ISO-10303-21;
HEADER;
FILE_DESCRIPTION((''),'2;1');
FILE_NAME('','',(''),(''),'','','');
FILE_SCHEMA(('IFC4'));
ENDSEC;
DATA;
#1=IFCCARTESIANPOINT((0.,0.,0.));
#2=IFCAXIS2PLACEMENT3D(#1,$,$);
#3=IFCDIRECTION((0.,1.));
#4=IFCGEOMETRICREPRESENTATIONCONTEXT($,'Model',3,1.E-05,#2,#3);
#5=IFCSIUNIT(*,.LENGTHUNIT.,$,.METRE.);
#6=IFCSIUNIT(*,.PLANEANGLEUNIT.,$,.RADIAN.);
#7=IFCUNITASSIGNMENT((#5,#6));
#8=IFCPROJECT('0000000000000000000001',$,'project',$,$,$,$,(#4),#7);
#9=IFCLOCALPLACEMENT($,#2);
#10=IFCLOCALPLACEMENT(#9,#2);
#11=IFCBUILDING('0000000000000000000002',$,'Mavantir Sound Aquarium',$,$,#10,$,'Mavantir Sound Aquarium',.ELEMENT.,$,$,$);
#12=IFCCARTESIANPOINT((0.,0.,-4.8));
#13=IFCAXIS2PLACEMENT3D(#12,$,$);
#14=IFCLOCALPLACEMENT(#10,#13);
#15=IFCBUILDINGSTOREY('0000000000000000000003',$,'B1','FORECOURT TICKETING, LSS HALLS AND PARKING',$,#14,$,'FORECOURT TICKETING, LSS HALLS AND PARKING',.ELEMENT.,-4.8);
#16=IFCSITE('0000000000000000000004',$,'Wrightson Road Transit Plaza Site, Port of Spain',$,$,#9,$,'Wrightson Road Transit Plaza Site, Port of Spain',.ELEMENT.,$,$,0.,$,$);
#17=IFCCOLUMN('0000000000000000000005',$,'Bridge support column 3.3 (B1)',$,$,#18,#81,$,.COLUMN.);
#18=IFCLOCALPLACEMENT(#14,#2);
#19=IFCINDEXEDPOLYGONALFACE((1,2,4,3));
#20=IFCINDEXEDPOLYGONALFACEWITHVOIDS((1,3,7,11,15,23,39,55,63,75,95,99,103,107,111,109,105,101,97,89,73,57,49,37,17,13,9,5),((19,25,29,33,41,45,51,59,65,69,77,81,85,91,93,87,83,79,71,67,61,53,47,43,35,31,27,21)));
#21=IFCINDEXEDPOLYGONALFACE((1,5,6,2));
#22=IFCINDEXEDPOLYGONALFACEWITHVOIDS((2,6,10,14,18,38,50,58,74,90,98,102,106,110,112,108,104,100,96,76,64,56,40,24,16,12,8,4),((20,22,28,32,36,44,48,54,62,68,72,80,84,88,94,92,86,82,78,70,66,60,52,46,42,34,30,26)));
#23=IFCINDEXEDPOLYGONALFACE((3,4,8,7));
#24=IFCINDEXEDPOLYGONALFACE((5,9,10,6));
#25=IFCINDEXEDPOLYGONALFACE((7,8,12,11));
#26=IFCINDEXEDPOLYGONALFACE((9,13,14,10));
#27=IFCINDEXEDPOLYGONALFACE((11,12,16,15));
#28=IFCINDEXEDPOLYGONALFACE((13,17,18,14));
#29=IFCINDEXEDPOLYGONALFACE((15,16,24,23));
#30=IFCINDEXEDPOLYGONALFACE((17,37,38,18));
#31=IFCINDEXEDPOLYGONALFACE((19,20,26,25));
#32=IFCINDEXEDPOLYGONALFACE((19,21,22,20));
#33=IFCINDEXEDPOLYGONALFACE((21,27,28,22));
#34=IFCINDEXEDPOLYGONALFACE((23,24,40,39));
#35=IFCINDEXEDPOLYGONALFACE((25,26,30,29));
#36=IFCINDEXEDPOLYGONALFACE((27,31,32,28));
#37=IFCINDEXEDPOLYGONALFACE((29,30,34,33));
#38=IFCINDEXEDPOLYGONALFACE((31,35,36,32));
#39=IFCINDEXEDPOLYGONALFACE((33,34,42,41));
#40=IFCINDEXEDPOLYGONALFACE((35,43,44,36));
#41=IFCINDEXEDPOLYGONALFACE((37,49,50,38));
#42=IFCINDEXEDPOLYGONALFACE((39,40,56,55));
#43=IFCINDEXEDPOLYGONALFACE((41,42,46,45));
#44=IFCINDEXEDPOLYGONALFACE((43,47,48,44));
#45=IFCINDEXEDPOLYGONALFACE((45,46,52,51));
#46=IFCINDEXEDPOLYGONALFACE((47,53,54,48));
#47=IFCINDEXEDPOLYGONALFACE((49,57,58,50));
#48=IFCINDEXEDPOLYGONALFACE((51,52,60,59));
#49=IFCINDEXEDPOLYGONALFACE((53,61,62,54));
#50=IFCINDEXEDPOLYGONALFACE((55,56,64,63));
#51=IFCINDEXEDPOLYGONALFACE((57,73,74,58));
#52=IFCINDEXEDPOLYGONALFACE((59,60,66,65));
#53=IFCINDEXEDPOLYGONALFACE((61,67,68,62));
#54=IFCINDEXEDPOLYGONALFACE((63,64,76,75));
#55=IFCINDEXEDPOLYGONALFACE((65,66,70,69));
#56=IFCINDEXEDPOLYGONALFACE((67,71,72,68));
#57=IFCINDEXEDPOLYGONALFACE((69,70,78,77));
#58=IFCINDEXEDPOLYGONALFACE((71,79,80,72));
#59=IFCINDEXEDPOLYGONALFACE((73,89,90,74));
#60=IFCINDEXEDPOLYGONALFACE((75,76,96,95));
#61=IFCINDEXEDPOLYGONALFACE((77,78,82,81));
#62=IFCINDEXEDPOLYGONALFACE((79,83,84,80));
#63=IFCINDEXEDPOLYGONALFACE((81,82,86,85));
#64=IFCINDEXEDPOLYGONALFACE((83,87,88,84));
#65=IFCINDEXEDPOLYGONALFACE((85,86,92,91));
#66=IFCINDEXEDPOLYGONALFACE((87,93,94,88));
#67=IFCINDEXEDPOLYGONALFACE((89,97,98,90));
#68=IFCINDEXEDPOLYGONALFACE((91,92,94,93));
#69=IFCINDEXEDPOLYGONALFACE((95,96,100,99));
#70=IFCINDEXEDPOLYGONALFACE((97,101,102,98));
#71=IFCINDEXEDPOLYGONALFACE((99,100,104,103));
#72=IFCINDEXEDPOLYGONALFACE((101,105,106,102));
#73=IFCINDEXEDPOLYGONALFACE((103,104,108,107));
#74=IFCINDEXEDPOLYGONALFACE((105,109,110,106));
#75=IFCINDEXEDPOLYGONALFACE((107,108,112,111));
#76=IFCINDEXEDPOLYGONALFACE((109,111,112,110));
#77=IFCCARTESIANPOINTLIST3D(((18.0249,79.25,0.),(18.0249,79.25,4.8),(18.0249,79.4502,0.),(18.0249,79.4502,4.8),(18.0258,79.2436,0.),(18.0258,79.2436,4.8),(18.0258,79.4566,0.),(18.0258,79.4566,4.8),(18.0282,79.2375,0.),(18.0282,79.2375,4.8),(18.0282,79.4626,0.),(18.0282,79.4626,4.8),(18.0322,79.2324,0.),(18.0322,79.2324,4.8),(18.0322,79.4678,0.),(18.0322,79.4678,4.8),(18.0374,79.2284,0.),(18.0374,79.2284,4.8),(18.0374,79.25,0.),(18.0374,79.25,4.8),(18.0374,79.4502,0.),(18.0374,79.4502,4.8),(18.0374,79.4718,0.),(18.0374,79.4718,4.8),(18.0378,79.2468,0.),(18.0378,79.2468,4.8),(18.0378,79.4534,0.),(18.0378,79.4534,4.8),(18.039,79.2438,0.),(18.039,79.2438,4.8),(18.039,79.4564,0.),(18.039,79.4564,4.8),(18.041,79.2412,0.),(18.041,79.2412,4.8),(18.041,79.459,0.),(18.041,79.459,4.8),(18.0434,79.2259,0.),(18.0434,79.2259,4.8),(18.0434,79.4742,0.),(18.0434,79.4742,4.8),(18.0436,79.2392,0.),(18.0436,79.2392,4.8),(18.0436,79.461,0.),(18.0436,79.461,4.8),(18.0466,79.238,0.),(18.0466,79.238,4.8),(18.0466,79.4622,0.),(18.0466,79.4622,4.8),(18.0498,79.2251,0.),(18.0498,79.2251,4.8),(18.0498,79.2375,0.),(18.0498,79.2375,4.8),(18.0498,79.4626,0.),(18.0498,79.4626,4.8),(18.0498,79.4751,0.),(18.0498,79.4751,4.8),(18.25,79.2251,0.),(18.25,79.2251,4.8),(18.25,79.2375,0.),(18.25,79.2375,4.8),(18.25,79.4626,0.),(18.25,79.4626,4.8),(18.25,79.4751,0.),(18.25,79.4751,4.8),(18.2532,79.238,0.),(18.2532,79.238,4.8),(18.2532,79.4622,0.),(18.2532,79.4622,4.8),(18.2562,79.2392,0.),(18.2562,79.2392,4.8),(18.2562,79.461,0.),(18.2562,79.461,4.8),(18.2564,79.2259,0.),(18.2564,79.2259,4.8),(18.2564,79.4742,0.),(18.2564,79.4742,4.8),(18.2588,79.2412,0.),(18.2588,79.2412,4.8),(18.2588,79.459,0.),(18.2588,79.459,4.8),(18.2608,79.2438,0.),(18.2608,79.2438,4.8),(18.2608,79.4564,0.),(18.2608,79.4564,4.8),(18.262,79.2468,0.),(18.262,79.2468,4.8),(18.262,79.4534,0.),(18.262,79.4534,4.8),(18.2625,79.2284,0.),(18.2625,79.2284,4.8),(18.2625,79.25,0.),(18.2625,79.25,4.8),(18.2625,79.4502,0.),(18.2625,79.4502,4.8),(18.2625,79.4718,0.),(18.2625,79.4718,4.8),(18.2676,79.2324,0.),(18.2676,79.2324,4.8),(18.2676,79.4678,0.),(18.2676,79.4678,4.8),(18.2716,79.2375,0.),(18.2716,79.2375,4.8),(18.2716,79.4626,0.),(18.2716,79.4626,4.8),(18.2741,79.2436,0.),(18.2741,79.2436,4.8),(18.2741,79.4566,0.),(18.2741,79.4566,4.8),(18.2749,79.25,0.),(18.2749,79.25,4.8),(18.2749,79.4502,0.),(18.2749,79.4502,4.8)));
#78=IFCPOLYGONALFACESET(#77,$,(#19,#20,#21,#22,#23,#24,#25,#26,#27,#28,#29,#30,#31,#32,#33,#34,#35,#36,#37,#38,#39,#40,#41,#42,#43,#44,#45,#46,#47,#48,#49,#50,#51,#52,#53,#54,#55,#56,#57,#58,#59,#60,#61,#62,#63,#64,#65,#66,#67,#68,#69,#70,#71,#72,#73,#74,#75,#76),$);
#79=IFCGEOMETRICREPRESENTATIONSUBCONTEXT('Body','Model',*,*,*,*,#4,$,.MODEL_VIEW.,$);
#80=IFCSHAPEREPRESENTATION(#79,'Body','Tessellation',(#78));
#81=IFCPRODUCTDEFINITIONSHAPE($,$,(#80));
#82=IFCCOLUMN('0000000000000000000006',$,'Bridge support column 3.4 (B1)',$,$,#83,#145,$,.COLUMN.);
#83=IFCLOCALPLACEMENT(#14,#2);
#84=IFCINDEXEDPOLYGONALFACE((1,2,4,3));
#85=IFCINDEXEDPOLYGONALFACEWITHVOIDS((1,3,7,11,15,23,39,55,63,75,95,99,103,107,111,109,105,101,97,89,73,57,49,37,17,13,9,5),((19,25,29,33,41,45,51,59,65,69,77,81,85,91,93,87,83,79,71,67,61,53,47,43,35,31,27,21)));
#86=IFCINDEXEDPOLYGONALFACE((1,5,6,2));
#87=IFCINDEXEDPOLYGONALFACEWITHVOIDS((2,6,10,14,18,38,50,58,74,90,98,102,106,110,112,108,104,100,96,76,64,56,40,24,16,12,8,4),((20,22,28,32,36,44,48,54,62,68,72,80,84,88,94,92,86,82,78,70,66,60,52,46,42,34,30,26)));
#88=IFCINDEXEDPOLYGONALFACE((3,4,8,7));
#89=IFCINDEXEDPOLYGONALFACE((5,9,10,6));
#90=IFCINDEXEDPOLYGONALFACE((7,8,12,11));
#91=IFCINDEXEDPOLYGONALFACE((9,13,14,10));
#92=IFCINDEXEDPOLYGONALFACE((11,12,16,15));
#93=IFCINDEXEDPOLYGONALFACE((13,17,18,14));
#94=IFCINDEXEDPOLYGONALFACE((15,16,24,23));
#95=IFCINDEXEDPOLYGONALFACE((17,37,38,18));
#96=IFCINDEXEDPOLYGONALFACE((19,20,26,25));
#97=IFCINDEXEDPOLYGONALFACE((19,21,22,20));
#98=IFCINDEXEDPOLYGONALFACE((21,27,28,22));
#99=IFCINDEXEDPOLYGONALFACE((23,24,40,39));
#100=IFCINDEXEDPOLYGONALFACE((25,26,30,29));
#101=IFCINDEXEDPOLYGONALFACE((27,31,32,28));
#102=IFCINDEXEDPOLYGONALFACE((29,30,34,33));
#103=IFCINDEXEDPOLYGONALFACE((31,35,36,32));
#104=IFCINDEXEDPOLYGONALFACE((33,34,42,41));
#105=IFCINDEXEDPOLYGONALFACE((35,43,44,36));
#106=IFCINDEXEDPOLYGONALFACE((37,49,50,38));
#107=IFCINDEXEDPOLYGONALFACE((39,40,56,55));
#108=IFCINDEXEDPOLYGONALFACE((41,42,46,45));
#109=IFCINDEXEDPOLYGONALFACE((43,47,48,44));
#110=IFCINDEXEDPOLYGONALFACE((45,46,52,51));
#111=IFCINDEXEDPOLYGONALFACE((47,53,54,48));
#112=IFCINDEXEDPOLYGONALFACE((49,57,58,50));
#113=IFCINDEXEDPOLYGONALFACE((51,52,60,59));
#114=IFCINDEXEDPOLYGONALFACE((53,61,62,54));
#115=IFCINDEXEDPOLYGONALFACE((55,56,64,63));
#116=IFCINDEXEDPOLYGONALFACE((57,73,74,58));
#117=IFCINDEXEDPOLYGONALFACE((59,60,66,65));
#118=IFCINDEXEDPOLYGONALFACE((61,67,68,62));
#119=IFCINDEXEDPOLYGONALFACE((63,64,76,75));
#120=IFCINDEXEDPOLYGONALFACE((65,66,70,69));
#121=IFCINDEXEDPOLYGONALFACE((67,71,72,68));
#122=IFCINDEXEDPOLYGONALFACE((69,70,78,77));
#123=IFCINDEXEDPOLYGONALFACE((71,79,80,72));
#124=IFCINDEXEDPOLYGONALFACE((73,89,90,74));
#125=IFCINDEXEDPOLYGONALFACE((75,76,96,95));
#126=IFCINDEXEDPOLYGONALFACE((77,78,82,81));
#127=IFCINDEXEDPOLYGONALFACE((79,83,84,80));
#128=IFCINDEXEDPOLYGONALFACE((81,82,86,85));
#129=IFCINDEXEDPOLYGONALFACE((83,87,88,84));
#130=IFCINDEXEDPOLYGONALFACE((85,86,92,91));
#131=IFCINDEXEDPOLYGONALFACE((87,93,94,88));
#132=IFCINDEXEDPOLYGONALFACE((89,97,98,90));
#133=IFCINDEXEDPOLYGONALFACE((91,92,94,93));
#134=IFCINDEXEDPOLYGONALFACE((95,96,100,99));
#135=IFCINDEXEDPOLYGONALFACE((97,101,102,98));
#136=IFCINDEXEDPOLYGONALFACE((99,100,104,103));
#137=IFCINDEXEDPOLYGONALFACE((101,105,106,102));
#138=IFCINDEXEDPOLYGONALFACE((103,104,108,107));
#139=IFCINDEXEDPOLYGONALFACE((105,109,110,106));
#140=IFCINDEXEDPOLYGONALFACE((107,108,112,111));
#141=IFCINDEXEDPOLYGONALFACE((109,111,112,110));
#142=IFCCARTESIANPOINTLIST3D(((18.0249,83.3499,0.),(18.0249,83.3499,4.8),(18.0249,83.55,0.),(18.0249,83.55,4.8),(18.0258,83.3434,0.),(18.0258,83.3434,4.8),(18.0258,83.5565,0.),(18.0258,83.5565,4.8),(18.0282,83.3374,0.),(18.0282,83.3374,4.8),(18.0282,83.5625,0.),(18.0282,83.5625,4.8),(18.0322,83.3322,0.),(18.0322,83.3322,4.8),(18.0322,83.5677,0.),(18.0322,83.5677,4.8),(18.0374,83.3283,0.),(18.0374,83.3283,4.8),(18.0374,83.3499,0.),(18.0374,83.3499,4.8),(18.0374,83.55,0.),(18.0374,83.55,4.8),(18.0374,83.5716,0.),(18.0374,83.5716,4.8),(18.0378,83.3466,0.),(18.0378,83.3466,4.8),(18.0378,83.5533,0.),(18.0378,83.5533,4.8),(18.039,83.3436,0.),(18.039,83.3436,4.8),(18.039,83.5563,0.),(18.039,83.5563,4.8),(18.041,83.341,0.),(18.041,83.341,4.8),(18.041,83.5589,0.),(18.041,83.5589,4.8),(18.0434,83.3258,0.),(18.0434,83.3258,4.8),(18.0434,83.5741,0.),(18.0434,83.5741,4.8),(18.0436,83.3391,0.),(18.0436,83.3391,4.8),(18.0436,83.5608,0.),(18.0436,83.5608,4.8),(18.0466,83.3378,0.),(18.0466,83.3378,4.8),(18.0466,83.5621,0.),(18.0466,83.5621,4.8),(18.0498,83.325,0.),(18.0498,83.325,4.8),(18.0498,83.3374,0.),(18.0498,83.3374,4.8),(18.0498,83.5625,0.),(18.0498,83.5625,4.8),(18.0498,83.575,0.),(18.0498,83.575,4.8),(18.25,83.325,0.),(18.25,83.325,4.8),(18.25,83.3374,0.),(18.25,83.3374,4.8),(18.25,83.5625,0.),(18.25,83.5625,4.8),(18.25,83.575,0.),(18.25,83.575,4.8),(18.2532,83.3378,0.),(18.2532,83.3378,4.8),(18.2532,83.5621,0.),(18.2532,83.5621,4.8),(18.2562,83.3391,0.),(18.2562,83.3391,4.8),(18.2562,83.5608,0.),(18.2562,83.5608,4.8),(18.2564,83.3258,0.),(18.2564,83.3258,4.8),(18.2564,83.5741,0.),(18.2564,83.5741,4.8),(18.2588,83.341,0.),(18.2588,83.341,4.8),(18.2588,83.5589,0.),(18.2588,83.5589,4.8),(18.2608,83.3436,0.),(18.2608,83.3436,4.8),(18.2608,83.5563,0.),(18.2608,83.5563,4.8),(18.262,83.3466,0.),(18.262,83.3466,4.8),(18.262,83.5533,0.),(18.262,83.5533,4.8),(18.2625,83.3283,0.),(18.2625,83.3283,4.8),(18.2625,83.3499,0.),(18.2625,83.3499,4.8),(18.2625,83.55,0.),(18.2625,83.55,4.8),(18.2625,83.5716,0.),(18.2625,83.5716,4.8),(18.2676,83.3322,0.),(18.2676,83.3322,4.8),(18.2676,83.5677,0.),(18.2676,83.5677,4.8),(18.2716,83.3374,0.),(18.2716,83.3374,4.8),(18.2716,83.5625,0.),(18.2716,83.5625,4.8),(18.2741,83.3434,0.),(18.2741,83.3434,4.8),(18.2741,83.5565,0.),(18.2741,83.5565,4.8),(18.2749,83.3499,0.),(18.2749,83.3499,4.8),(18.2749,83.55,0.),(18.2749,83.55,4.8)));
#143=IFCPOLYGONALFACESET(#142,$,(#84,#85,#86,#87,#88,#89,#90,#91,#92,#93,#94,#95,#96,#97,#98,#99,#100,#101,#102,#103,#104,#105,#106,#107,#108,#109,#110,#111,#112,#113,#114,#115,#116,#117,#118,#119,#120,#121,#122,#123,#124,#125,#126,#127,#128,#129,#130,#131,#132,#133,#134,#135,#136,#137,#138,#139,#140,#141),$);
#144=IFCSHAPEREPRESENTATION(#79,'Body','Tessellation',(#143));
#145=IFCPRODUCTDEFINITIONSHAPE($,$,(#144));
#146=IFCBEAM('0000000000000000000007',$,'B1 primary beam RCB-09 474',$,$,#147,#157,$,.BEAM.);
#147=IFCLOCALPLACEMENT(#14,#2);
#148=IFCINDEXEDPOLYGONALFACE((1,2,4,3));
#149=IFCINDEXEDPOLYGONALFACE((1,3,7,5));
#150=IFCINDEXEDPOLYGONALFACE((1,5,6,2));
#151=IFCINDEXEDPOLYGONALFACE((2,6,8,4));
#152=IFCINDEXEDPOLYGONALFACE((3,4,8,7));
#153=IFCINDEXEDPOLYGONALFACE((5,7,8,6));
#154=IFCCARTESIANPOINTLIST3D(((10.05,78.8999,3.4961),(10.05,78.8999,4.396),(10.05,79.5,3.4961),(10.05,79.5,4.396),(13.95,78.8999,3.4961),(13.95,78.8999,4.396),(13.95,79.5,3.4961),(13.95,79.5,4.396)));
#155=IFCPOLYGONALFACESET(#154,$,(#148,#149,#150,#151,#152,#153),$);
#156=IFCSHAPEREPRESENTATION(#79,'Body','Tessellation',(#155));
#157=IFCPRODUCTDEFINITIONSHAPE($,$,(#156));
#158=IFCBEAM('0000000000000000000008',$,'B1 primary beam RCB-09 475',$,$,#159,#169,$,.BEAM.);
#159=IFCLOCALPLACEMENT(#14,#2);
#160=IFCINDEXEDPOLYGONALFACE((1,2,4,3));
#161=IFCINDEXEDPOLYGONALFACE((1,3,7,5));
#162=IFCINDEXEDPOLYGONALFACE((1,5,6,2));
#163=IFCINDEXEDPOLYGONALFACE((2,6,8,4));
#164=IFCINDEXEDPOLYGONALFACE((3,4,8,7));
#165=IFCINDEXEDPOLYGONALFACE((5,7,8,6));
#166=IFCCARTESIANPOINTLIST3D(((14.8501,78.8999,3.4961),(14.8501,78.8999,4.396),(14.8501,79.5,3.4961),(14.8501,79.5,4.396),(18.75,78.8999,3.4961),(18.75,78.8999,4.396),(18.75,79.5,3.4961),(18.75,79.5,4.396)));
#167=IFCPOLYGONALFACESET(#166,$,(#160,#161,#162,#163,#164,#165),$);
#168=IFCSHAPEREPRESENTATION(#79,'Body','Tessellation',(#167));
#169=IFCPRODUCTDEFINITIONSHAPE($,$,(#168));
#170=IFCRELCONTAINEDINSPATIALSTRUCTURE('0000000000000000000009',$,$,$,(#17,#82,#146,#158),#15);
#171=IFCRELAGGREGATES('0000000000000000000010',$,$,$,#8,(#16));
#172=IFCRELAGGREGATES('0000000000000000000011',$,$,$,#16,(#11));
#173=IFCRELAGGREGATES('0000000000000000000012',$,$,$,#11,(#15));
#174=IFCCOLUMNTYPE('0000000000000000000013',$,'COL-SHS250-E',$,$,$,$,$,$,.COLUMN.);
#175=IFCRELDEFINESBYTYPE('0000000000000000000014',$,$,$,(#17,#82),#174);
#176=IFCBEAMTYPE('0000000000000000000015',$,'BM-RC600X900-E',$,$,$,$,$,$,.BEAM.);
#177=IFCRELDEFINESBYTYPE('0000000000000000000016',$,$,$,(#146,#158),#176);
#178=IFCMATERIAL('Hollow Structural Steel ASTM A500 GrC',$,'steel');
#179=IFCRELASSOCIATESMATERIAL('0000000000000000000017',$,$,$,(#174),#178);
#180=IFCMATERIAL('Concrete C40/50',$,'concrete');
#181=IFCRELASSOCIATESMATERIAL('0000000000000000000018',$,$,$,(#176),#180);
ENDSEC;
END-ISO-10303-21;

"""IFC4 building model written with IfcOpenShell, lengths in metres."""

from ifc_helpers import new_model, si_unit, direction, frame, origin, origin_2d, place, context, subcontext, project, spatial, rectangle, hollow_rectangle, extrude, material, material_profile, profile_set, type_object, element, save


model = new_model("IFC4")

# Units and contexts
model_context = context("Model", 3, precision=1e-05, world=origin(), true_north=direction((0.0, 1.0)))
body_context = subcontext(model_context, "Body", "Model", "MODEL_VIEW")
ifc_project = project(units=[si_unit("LENGTHUNIT", "METRE"), si_unit("PLANEANGLEUNIT", "RADIAN")], contexts=[model_context])

# Site, building, storey
site_placement = place(None, origin())
site = spatial("IfcSite", under=ifc_project, at=site_placement, Name="Wrightson Road Transit Plaza Site, Port of Spain", LongName="Wrightson Road Transit Plaza Site, Port of Spain", CompositionType="ELEMENT", RefElevation=0.0)
building_placement = place(site_placement, origin())
building = spatial("IfcBuilding", under=site, at=building_placement, Name="Mavantir Sound Aquarium", LongName="Mavantir Sound Aquarium", CompositionType="ELEMENT")
storey_placement = place(building_placement, frame((0.0, 0.0, -4.8)))
storey = spatial("IfcBuildingStorey", under=building, at=storey_placement, Name="B1", Description="FORECOURT TICKETING, LSS HALLS AND PARKING", LongName="FORECOURT TICKETING, LSS HALLS AND PARKING", CompositionType="ELEMENT", Elevation=-4.8)

# Columns
ifc_material_1 = material(Name="Concrete C40/50", Category="concrete")
ifc_material_2 = material(Name="Hollow Structural Steel ASTM A500 GrC", Category="steel")
ifc_material_profile_1 = material_profile(ifc_material_2, hollow_rectangle(XDim=0.25, YDim=0.25, WallThickness=0.0125, InnerFilletRadius=0.0125, OuterFilletRadius=0.0249, at=origin_2d()), Name="SHS 250X250X12.5")
ifc_profile_set_1 = profile_set([ifc_material_profile_1], Name="Hollow Structural Steel ASTM A500 GrC")
column_type_1 = type_object("IfcColumnType", Name="COL-SHS250-E", PredefinedType="COLUMN", material=ifc_profile_set_1)
for number, where, z_axis, x_axis, name in (
    (1, (18.1499, 79.3501, 0.0), (0.0, 0.0, 1.0), (1.0, 0.0, 0.0), "Bridge support column 3.3 (B1)"),
    (2, (18.1499, 83.45, 0.0), (0.0, 0.0, 1.0), (1.0, 0.0, 0.0), "Bridge support column 3.4 (B1)"),
):
    element("IfcColumn", number, at=place(storey_placement, frame(where, z_axis=z_axis, x_axis=x_axis)), inside=storey, type_object=column_type_1, Name=name, PredefinedType="COLUMN", context=body_context, shape_type="SweptSolid", body=[
        extrude(hollow_rectangle(XDim=0.25, YDim=0.25, WallThickness=0.0125, InnerFilletRadius=0.0125, OuterFilletRadius=0.0249, at=origin_2d()), origin(), (0.0, 0.0, 1.0), 4.8),
    ])

# Beams
ifc_material_profile_2 = material_profile(ifc_material_1, rectangle(XDim=0.6001, YDim=0.8999, at=origin_2d()), Name="RC 600X900")
ifc_profile_set_2 = profile_set([ifc_material_profile_2], Name="Concrete C40/50")
beam_type_1 = type_object("IfcBeamType", Name="BM-RC600X900-E", PredefinedType="BEAM", material=ifc_profile_set_2)
for number, where, z_axis, x_axis, name in (
    (3, (10.05, 79.2, 3.946), (1.0, 0.0, 0.0), (0.0, 1.0, 0.0), "B1 primary beam RCB-09 474"),
    (4, (14.8501, 79.2, 3.946), (1.0, 0.0, 0.0), (0.0, 1.0, 0.0), "B1 primary beam RCB-09 475"),
):
    element("IfcBeam", number, at=place(storey_placement, frame(where, z_axis=z_axis, x_axis=x_axis)), inside=storey, type_object=beam_type_1, Name=name, PredefinedType="BEAM", context=body_context, shape_type="SweptSolid", body=[
        extrude(rectangle(XDim=0.6001, YDim=0.8999, at=origin_2d()), origin(), (0.0, 0.0, 1.0), 3.8999),
    ])

save(model, "model.ifc")
